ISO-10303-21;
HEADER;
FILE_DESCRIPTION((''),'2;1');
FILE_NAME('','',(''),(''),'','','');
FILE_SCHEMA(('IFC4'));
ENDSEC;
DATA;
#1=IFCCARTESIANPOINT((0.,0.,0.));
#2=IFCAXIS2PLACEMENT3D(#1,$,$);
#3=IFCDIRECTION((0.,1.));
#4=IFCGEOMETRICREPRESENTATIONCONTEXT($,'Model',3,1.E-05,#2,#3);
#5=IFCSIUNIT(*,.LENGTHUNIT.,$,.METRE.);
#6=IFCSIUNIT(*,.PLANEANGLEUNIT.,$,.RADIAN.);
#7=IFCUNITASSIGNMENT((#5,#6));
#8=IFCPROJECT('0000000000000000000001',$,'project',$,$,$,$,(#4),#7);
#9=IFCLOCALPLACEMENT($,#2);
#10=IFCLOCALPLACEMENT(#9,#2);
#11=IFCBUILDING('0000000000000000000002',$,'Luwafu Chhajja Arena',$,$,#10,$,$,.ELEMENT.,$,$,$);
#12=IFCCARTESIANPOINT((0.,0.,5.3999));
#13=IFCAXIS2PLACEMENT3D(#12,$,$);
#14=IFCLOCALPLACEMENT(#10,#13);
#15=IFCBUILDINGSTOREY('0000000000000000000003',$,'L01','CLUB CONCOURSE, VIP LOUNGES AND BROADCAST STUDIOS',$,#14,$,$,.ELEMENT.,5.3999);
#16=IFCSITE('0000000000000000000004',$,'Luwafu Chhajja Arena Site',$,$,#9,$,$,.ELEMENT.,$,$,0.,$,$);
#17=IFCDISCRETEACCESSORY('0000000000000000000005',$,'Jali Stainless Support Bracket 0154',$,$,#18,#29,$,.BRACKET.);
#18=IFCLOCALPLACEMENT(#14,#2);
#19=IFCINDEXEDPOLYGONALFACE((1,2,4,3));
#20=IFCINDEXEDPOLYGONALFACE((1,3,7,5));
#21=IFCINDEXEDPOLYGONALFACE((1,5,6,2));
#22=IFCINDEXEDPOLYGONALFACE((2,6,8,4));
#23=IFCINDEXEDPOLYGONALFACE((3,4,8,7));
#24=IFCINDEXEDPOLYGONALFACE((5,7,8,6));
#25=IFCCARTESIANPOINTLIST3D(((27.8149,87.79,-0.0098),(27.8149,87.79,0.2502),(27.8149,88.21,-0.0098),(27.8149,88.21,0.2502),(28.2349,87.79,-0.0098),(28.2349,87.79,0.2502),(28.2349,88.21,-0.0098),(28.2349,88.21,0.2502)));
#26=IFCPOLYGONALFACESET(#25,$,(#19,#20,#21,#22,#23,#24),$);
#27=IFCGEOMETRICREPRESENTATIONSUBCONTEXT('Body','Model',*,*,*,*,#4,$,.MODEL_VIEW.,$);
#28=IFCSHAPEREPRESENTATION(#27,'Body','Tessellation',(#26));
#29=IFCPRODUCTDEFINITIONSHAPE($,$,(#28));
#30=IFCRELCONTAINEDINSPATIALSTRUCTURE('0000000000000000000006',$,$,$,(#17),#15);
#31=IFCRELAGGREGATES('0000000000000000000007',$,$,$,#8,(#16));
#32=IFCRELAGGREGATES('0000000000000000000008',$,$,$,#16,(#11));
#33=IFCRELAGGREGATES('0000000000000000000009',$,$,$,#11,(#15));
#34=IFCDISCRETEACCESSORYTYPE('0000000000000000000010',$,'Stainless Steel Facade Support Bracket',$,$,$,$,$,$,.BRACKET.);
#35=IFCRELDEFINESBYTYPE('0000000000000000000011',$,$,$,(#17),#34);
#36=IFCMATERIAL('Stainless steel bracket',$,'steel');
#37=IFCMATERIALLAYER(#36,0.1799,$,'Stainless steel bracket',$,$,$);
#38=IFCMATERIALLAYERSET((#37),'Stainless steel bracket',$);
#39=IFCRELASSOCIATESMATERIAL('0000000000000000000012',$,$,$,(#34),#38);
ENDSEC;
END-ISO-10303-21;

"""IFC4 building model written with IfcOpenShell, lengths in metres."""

from ifc_helpers import new_model, si_unit, direction, frame, origin, origin_2d, place, context, subcontext, project, spatial, rectangle, extrude, material, layer, layer_set, type_object, element, save


model = new_model("IFC4")

# Units and contexts
model_context = context("Model", 3, precision=1e-05, world=origin(), true_north=direction((0.0, 1.0)))
body_context = subcontext(model_context, "Body", "Model", "MODEL_VIEW")
ifc_project = project(units=[si_unit("LENGTHUNIT", "METRE"), si_unit("PLANEANGLEUNIT", "RADIAN")], contexts=[model_context])

# Site, building, storey
site_placement = place(None, origin())
site = spatial("IfcSite", under=ifc_project, at=site_placement, Name="Luwafu Chhajja Arena Site", CompositionType="ELEMENT", RefElevation=0.0)
building_placement = place(site_placement, origin())
building = spatial("IfcBuilding", under=site, at=building_placement, Name="Luwafu Chhajja Arena", CompositionType="ELEMENT")
storey_placement = place(building_placement, frame((0.0, 0.0, 5.3999)))
storey = spatial("IfcBuildingStorey", under=building, at=storey_placement, Name="L01", Description="CLUB CONCOURSE, VIP LOUNGES AND BROADCAST STUDIOS", CompositionType="ELEMENT", Elevation=5.3999)

# Discrete accessory
ifc_material_1 = material(Name="Stainless steel bracket", Category="steel")
ifc_layer_1 = layer(ifc_material_1, 0.1799, Name="Stainless steel bracket")
ifc_layer_set_1 = layer_set([ifc_layer_1], Name="Stainless steel bracket")
discrete_accessory_type = type_object("IfcDiscreteAccessoryType", Name="Stainless Steel Facade Support Bracket", PredefinedType="BRACKET", material=ifc_layer_set_1)
discrete_accessory_1_placement = place(storey_placement, frame((28.0249, 88.0, -0.0098), z_axis=(0.0, 0.0, 1.0), x_axis=(1.0, 0.0, 0.0)))
element("IfcDiscreteAccessory", 1, at=discrete_accessory_1_placement, inside=storey, type_object=discrete_accessory_type, Name="Jali Stainless Support Bracket 0154", PredefinedType="BRACKET", context=body_context, shape_type="SweptSolid", body=[
    extrude(rectangle(XDim=0.4199, YDim=0.4199, at=origin_2d()), origin(), (0.0, 0.0, 1.0), 0.26),
])

save(model, "model.ifc")
